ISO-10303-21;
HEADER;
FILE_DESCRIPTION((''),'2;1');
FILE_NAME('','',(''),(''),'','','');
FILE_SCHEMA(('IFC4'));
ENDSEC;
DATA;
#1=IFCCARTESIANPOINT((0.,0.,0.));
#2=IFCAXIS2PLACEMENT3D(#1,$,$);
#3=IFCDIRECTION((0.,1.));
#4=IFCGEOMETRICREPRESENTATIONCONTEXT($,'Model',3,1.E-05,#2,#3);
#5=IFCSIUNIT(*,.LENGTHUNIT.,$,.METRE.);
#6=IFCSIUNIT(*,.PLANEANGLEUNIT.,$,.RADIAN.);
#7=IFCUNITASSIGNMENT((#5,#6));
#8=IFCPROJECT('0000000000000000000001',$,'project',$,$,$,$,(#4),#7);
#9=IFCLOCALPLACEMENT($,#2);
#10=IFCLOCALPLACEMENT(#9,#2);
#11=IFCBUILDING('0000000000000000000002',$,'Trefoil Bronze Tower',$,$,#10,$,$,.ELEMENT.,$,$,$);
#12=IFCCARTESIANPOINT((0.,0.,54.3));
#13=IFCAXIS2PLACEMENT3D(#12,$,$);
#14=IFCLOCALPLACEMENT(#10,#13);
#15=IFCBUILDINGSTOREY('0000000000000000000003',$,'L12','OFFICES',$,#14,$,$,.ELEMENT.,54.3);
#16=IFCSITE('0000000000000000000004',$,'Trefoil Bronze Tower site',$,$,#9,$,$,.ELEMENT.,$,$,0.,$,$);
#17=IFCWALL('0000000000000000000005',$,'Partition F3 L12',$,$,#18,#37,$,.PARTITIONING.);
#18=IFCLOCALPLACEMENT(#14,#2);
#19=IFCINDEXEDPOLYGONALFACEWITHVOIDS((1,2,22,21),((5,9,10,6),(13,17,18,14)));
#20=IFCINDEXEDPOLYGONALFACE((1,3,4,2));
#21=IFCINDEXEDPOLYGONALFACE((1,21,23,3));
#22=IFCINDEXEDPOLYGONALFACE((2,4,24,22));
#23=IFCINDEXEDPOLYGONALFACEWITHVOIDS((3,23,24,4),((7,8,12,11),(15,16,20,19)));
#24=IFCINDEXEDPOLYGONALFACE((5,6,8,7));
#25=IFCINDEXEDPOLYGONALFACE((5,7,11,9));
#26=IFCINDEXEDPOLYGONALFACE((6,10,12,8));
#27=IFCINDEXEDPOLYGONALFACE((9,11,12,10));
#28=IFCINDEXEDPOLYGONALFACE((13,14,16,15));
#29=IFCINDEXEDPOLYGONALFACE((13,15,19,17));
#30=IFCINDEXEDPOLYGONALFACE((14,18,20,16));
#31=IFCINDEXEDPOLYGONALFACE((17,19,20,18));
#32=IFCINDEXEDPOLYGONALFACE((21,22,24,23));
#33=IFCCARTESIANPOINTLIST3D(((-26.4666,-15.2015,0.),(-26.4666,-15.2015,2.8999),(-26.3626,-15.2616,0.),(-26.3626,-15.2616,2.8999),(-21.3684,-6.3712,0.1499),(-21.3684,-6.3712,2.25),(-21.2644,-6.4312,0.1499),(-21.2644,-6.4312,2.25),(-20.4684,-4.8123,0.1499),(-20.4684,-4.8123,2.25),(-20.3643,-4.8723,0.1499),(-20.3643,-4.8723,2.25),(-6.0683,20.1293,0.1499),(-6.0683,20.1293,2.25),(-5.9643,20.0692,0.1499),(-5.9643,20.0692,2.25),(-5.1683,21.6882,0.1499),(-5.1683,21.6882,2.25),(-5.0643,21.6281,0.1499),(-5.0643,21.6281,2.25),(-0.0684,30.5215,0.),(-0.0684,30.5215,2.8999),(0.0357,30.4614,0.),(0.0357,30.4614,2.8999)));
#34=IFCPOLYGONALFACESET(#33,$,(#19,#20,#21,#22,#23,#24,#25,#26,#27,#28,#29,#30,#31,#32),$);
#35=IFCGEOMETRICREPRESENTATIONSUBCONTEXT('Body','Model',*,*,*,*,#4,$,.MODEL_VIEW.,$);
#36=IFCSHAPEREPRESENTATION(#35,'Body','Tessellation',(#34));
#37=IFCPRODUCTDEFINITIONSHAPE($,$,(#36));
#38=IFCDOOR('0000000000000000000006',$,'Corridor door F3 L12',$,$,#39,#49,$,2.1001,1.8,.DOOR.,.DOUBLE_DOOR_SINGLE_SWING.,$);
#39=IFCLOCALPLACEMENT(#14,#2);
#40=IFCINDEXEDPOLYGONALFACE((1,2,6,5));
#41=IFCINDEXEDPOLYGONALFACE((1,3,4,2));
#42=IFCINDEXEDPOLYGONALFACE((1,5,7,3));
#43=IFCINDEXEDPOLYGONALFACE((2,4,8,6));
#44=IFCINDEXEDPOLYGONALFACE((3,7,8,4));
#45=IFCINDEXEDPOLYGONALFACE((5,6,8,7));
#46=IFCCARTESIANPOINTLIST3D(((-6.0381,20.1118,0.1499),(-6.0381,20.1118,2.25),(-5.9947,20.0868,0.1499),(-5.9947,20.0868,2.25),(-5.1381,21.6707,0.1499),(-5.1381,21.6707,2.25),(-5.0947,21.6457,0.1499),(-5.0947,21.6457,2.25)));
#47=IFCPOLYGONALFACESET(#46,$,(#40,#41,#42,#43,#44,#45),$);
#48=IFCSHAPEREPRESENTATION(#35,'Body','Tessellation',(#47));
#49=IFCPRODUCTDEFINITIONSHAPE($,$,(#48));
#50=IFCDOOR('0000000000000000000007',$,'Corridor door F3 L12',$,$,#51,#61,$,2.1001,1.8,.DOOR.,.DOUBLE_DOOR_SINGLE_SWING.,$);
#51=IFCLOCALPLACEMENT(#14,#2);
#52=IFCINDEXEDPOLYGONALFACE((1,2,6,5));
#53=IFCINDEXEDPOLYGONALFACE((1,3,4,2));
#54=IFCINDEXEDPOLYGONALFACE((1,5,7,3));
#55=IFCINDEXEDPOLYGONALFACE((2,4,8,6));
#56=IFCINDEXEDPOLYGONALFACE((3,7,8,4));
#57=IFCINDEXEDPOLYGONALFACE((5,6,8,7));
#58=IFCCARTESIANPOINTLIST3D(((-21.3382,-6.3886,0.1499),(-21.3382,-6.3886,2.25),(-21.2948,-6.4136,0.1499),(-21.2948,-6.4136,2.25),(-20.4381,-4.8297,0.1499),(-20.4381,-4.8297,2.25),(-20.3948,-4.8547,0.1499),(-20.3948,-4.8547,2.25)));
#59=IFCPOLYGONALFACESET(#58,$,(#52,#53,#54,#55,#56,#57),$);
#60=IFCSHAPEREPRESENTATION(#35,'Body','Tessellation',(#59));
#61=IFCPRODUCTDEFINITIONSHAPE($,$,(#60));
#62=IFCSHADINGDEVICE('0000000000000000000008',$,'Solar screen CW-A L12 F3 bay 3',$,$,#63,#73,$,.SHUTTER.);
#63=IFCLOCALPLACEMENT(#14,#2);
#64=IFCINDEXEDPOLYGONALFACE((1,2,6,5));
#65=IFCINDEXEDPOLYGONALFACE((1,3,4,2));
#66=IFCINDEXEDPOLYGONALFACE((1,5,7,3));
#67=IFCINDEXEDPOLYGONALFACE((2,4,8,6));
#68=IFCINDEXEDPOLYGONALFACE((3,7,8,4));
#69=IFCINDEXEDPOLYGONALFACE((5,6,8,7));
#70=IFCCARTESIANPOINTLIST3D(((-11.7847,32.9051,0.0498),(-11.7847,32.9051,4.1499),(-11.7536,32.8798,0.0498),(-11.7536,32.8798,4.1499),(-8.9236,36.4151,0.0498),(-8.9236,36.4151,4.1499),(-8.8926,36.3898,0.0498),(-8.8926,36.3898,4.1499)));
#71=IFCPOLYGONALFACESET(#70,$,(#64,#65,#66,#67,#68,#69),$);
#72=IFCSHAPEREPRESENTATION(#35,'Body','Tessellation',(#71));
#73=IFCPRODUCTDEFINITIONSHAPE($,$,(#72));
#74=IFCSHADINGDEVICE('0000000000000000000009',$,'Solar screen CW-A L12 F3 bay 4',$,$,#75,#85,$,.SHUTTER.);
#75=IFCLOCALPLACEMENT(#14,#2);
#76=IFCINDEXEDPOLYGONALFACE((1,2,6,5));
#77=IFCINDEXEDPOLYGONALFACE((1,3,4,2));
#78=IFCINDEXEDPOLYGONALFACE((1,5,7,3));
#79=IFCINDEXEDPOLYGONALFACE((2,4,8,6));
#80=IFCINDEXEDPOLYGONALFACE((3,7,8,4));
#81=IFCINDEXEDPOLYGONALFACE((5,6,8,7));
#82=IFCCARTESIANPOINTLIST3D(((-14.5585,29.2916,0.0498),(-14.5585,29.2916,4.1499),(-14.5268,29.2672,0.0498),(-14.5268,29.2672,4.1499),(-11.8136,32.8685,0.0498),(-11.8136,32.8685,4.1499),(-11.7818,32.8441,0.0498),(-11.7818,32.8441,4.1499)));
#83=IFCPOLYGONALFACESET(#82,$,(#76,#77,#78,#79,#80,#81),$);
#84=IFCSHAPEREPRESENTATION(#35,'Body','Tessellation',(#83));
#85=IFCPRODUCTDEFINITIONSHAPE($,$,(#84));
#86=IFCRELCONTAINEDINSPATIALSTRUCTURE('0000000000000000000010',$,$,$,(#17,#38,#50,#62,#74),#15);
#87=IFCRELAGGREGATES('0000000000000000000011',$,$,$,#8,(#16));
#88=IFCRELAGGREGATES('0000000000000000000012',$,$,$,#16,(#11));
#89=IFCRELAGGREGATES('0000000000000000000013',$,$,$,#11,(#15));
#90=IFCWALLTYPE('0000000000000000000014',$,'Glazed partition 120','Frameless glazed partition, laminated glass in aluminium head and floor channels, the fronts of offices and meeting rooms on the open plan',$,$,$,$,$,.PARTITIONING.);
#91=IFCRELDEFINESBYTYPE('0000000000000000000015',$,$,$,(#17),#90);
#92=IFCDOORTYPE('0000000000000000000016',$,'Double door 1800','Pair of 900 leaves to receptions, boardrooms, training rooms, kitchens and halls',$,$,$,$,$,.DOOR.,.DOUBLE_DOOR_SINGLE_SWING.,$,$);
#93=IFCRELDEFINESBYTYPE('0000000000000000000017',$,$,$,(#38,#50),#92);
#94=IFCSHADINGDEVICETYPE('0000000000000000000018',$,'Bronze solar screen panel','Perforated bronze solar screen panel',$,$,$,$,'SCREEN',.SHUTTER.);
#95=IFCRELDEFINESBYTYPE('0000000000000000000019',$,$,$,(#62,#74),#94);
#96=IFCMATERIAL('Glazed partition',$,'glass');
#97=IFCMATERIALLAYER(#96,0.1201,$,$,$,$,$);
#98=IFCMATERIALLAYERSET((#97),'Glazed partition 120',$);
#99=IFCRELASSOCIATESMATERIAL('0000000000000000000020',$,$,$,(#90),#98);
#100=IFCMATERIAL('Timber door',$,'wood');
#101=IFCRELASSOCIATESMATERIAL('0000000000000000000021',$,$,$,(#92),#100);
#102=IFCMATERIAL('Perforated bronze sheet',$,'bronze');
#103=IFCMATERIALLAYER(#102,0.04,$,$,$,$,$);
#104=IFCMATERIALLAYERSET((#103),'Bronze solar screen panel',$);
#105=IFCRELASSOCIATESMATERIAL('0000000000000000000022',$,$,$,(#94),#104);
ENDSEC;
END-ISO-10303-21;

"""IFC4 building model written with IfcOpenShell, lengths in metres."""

from ifc_helpers import new_model, si_unit, direction, frame, frame_2d, origin, origin_2d, place, context, subcontext, project, spatial, rectangle, extrude, material, layer, layer_set, type_object, element, fill, save


model = new_model("IFC4")

# Units and contexts
model_context = context("Model", 3, precision=1e-05, world=origin(), true_north=direction((0.0, 1.0)))
body_context = subcontext(model_context, "Body", "Model", "MODEL_VIEW")
ifc_project = project(units=[si_unit("LENGTHUNIT", "METRE"), si_unit("PLANEANGLEUNIT", "RADIAN")], contexts=[model_context])

# Site, building, storey
site_placement = place(None, origin())
site = spatial("IfcSite", under=ifc_project, at=site_placement, Name="Trefoil Bronze Tower site", CompositionType="ELEMENT", RefElevation=0.0)
building_placement = place(site_placement, origin())
building = spatial("IfcBuilding", under=site, at=building_placement, Name="Trefoil Bronze Tower", CompositionType="ELEMENT")
storey_placement = place(building_placement, frame((0.0, 0.0, 54.3)))
storey = spatial("IfcBuildingStorey", under=building, at=storey_placement, Name="L12", Description="OFFICES", CompositionType="ELEMENT", Elevation=54.3)

# Wall, openings, doors
ifc_material_1 = material(Name="Glazed partition", Category="glass")
ifc_layer_1 = layer(ifc_material_1, 0.1201)
ifc_layer_set_1 = layer_set([ifc_layer_1], Name="Glazed partition 120")
wall_type = type_object("IfcWallType", Name="Glazed partition 120", Description="Frameless glazed partition, laminated glass in aluminium head and floor channels, the fronts of offices and meeting rooms on the open plan", PredefinedType="PARTITIONING", material=ifc_layer_set_1)
wall_placement = place(storey_placement, frame((-0.0164, 30.4915, 0.0), z_axis=(0.0, 0.0, 1.0), x_axis=(-0.500001, -0.866025, 0.0)))
wall = element("IfcWall", 1, at=wall_placement, inside=storey, type_object=wall_type, Name="Partition F3 L12", PredefinedType="PARTITIONING", context=body_context, shape_type="SweptSolid", body=[
    extrude(rectangle(XDim=52.7964, YDim=0.1201, at=frame_2d((26.3982, 0.0))), origin(), (0.0, 0.0, 1.0), 2.8999),
])
opening_1_placement = place(wall_placement, frame((10.2, 0.0, 0.1499)))
opening_1 = element("IfcOpeningElement", 2, at=opening_1_placement, cuts=wall, PredefinedType="OPENING", context=body_context, shape_type="SweptSolid", body=[
    extrude(rectangle(XDim=1.8, YDim=2.1001, at=frame_2d((0.8999, 1.05))), frame((0.0, 0.0701, 0.0), z_axis=(0.0, -1.0, 0.0), x_axis=(1.0, 0.0, 0.0)), (0.0, 0.0, 1.0), 0.1401),
])
opening_2_placement = place(wall_placement, frame((40.8, 0.0, 0.1499)))
opening_2 = element("IfcOpeningElement", 3, at=opening_2_placement, cuts=wall, PredefinedType="OPENING", context=body_context, shape_type="SweptSolid", body=[
    extrude(rectangle(XDim=1.8, YDim=2.1001, at=frame_2d((0.8999, 1.05))), frame((0.0, 0.0701, 0.0), z_axis=(0.0, -1.0, 0.0), x_axis=(1.0, 0.0, 0.0)), (0.0, 0.0, 1.0), 0.1401),
])
ifc_material_2 = material(Name="Timber door", Category="wood")
door_type = type_object("IfcDoorType", Name="Double door 1800", Description="Pair of 900 leaves to receptions, boardrooms, training rooms, kitchens and halls", OperationType="DOUBLE_DOOR_SINGLE_SWING", PredefinedType="DOOR", material=ifc_material_2)
door_1_placement = place(opening_1_placement, origin())
door_1 = element("IfcDoor", 4, at=door_1_placement, inside=storey, type_object=door_type, Name="Corridor door F3 L12", OperationType="DOUBLE_DOOR_SINGLE_SWING", OverallHeight=2.1001, OverallWidth=1.8, PredefinedType="DOOR", context=body_context, shape_type="SweptSolid", body=[
    extrude(rectangle(XDim=1.8, YDim=2.1001, at=frame_2d((0.8999, 1.05))), frame((0.0, 0.0249, 0.0), z_axis=(0.0, -1.0, 0.0), x_axis=(1.0, 0.0, 0.0)), (0.0, 0.0, 1.0), 0.05),
])
fill(opening_1, door_1)
door_2_placement = place(opening_2_placement, origin())
door_2 = element("IfcDoor", 5, at=door_2_placement, inside=storey, type_object=door_type, Name="Corridor door F3 L12", OperationType="DOUBLE_DOOR_SINGLE_SWING", OverallHeight=2.1001, OverallWidth=1.8, PredefinedType="DOOR", context=body_context, shape_type="SweptSolid", body=[
    extrude(rectangle(XDim=1.8, YDim=2.1001, at=frame_2d((0.8999, 1.05))), frame((0.0, 0.0249, 0.0), z_axis=(0.0, -1.0, 0.0), x_axis=(1.0, 0.0, 0.0)), (0.0, 0.0, 1.0), 0.05),
])
fill(opening_2, door_2)

# Shading devices
ifc_material_3 = material(Name="Perforated bronze sheet", Category="bronze")
ifc_layer_2 = layer(ifc_material_3, 0.04)
ifc_layer_set_2 = layer_set([ifc_layer_2], Name="Bronze solar screen panel")
shading_device_type = type_object("IfcShadingDeviceType", Name="Bronze solar screen panel", Description="Perforated bronze solar screen panel", ElementType="SCREEN", PredefinedType="SHUTTER", material=ifc_layer_set_2)
shading_device_1_placement = place(storey_placement, frame((-10.3386, 34.6475, 0.0498), z_axis=(0.0, 0.0, 1.0), x_axis=(-0.631811, -0.775123, 0.0)))
element("IfcShadingDevice", 6, at=shading_device_1_placement, inside=storey, type_object=shading_device_type, Name="Solar screen CW-A L12 F3 bay 3", PredefinedType="SHUTTER", context=body_context, shape_type="SweptSolid", body=[
    extrude(rectangle(XDim=4.5283, YDim=0.04, at=origin_2d()), origin(), (0.0, 0.0, 1.0), 4.1001),
])
shading_device_2_placement = place(storey_placement, frame((-13.1702, 31.0679, 0.0498), z_axis=(0.0, 0.0, 1.0), x_axis=(-0.608808, -0.793318, 0.0)))
element("IfcShadingDevice", 7, at=shading_device_2_placement, inside=storey, type_object=shading_device_type, Name="Solar screen CW-A L12 F3 bay 4", PredefinedType="SHUTTER", context=body_context, shape_type="SweptSolid", body=[
    extrude(rectangle(XDim=4.5088, YDim=0.04, at=origin_2d()), origin(), (0.0, 0.0, 1.0), 4.1001),
])

save(model, "model.ifc")
